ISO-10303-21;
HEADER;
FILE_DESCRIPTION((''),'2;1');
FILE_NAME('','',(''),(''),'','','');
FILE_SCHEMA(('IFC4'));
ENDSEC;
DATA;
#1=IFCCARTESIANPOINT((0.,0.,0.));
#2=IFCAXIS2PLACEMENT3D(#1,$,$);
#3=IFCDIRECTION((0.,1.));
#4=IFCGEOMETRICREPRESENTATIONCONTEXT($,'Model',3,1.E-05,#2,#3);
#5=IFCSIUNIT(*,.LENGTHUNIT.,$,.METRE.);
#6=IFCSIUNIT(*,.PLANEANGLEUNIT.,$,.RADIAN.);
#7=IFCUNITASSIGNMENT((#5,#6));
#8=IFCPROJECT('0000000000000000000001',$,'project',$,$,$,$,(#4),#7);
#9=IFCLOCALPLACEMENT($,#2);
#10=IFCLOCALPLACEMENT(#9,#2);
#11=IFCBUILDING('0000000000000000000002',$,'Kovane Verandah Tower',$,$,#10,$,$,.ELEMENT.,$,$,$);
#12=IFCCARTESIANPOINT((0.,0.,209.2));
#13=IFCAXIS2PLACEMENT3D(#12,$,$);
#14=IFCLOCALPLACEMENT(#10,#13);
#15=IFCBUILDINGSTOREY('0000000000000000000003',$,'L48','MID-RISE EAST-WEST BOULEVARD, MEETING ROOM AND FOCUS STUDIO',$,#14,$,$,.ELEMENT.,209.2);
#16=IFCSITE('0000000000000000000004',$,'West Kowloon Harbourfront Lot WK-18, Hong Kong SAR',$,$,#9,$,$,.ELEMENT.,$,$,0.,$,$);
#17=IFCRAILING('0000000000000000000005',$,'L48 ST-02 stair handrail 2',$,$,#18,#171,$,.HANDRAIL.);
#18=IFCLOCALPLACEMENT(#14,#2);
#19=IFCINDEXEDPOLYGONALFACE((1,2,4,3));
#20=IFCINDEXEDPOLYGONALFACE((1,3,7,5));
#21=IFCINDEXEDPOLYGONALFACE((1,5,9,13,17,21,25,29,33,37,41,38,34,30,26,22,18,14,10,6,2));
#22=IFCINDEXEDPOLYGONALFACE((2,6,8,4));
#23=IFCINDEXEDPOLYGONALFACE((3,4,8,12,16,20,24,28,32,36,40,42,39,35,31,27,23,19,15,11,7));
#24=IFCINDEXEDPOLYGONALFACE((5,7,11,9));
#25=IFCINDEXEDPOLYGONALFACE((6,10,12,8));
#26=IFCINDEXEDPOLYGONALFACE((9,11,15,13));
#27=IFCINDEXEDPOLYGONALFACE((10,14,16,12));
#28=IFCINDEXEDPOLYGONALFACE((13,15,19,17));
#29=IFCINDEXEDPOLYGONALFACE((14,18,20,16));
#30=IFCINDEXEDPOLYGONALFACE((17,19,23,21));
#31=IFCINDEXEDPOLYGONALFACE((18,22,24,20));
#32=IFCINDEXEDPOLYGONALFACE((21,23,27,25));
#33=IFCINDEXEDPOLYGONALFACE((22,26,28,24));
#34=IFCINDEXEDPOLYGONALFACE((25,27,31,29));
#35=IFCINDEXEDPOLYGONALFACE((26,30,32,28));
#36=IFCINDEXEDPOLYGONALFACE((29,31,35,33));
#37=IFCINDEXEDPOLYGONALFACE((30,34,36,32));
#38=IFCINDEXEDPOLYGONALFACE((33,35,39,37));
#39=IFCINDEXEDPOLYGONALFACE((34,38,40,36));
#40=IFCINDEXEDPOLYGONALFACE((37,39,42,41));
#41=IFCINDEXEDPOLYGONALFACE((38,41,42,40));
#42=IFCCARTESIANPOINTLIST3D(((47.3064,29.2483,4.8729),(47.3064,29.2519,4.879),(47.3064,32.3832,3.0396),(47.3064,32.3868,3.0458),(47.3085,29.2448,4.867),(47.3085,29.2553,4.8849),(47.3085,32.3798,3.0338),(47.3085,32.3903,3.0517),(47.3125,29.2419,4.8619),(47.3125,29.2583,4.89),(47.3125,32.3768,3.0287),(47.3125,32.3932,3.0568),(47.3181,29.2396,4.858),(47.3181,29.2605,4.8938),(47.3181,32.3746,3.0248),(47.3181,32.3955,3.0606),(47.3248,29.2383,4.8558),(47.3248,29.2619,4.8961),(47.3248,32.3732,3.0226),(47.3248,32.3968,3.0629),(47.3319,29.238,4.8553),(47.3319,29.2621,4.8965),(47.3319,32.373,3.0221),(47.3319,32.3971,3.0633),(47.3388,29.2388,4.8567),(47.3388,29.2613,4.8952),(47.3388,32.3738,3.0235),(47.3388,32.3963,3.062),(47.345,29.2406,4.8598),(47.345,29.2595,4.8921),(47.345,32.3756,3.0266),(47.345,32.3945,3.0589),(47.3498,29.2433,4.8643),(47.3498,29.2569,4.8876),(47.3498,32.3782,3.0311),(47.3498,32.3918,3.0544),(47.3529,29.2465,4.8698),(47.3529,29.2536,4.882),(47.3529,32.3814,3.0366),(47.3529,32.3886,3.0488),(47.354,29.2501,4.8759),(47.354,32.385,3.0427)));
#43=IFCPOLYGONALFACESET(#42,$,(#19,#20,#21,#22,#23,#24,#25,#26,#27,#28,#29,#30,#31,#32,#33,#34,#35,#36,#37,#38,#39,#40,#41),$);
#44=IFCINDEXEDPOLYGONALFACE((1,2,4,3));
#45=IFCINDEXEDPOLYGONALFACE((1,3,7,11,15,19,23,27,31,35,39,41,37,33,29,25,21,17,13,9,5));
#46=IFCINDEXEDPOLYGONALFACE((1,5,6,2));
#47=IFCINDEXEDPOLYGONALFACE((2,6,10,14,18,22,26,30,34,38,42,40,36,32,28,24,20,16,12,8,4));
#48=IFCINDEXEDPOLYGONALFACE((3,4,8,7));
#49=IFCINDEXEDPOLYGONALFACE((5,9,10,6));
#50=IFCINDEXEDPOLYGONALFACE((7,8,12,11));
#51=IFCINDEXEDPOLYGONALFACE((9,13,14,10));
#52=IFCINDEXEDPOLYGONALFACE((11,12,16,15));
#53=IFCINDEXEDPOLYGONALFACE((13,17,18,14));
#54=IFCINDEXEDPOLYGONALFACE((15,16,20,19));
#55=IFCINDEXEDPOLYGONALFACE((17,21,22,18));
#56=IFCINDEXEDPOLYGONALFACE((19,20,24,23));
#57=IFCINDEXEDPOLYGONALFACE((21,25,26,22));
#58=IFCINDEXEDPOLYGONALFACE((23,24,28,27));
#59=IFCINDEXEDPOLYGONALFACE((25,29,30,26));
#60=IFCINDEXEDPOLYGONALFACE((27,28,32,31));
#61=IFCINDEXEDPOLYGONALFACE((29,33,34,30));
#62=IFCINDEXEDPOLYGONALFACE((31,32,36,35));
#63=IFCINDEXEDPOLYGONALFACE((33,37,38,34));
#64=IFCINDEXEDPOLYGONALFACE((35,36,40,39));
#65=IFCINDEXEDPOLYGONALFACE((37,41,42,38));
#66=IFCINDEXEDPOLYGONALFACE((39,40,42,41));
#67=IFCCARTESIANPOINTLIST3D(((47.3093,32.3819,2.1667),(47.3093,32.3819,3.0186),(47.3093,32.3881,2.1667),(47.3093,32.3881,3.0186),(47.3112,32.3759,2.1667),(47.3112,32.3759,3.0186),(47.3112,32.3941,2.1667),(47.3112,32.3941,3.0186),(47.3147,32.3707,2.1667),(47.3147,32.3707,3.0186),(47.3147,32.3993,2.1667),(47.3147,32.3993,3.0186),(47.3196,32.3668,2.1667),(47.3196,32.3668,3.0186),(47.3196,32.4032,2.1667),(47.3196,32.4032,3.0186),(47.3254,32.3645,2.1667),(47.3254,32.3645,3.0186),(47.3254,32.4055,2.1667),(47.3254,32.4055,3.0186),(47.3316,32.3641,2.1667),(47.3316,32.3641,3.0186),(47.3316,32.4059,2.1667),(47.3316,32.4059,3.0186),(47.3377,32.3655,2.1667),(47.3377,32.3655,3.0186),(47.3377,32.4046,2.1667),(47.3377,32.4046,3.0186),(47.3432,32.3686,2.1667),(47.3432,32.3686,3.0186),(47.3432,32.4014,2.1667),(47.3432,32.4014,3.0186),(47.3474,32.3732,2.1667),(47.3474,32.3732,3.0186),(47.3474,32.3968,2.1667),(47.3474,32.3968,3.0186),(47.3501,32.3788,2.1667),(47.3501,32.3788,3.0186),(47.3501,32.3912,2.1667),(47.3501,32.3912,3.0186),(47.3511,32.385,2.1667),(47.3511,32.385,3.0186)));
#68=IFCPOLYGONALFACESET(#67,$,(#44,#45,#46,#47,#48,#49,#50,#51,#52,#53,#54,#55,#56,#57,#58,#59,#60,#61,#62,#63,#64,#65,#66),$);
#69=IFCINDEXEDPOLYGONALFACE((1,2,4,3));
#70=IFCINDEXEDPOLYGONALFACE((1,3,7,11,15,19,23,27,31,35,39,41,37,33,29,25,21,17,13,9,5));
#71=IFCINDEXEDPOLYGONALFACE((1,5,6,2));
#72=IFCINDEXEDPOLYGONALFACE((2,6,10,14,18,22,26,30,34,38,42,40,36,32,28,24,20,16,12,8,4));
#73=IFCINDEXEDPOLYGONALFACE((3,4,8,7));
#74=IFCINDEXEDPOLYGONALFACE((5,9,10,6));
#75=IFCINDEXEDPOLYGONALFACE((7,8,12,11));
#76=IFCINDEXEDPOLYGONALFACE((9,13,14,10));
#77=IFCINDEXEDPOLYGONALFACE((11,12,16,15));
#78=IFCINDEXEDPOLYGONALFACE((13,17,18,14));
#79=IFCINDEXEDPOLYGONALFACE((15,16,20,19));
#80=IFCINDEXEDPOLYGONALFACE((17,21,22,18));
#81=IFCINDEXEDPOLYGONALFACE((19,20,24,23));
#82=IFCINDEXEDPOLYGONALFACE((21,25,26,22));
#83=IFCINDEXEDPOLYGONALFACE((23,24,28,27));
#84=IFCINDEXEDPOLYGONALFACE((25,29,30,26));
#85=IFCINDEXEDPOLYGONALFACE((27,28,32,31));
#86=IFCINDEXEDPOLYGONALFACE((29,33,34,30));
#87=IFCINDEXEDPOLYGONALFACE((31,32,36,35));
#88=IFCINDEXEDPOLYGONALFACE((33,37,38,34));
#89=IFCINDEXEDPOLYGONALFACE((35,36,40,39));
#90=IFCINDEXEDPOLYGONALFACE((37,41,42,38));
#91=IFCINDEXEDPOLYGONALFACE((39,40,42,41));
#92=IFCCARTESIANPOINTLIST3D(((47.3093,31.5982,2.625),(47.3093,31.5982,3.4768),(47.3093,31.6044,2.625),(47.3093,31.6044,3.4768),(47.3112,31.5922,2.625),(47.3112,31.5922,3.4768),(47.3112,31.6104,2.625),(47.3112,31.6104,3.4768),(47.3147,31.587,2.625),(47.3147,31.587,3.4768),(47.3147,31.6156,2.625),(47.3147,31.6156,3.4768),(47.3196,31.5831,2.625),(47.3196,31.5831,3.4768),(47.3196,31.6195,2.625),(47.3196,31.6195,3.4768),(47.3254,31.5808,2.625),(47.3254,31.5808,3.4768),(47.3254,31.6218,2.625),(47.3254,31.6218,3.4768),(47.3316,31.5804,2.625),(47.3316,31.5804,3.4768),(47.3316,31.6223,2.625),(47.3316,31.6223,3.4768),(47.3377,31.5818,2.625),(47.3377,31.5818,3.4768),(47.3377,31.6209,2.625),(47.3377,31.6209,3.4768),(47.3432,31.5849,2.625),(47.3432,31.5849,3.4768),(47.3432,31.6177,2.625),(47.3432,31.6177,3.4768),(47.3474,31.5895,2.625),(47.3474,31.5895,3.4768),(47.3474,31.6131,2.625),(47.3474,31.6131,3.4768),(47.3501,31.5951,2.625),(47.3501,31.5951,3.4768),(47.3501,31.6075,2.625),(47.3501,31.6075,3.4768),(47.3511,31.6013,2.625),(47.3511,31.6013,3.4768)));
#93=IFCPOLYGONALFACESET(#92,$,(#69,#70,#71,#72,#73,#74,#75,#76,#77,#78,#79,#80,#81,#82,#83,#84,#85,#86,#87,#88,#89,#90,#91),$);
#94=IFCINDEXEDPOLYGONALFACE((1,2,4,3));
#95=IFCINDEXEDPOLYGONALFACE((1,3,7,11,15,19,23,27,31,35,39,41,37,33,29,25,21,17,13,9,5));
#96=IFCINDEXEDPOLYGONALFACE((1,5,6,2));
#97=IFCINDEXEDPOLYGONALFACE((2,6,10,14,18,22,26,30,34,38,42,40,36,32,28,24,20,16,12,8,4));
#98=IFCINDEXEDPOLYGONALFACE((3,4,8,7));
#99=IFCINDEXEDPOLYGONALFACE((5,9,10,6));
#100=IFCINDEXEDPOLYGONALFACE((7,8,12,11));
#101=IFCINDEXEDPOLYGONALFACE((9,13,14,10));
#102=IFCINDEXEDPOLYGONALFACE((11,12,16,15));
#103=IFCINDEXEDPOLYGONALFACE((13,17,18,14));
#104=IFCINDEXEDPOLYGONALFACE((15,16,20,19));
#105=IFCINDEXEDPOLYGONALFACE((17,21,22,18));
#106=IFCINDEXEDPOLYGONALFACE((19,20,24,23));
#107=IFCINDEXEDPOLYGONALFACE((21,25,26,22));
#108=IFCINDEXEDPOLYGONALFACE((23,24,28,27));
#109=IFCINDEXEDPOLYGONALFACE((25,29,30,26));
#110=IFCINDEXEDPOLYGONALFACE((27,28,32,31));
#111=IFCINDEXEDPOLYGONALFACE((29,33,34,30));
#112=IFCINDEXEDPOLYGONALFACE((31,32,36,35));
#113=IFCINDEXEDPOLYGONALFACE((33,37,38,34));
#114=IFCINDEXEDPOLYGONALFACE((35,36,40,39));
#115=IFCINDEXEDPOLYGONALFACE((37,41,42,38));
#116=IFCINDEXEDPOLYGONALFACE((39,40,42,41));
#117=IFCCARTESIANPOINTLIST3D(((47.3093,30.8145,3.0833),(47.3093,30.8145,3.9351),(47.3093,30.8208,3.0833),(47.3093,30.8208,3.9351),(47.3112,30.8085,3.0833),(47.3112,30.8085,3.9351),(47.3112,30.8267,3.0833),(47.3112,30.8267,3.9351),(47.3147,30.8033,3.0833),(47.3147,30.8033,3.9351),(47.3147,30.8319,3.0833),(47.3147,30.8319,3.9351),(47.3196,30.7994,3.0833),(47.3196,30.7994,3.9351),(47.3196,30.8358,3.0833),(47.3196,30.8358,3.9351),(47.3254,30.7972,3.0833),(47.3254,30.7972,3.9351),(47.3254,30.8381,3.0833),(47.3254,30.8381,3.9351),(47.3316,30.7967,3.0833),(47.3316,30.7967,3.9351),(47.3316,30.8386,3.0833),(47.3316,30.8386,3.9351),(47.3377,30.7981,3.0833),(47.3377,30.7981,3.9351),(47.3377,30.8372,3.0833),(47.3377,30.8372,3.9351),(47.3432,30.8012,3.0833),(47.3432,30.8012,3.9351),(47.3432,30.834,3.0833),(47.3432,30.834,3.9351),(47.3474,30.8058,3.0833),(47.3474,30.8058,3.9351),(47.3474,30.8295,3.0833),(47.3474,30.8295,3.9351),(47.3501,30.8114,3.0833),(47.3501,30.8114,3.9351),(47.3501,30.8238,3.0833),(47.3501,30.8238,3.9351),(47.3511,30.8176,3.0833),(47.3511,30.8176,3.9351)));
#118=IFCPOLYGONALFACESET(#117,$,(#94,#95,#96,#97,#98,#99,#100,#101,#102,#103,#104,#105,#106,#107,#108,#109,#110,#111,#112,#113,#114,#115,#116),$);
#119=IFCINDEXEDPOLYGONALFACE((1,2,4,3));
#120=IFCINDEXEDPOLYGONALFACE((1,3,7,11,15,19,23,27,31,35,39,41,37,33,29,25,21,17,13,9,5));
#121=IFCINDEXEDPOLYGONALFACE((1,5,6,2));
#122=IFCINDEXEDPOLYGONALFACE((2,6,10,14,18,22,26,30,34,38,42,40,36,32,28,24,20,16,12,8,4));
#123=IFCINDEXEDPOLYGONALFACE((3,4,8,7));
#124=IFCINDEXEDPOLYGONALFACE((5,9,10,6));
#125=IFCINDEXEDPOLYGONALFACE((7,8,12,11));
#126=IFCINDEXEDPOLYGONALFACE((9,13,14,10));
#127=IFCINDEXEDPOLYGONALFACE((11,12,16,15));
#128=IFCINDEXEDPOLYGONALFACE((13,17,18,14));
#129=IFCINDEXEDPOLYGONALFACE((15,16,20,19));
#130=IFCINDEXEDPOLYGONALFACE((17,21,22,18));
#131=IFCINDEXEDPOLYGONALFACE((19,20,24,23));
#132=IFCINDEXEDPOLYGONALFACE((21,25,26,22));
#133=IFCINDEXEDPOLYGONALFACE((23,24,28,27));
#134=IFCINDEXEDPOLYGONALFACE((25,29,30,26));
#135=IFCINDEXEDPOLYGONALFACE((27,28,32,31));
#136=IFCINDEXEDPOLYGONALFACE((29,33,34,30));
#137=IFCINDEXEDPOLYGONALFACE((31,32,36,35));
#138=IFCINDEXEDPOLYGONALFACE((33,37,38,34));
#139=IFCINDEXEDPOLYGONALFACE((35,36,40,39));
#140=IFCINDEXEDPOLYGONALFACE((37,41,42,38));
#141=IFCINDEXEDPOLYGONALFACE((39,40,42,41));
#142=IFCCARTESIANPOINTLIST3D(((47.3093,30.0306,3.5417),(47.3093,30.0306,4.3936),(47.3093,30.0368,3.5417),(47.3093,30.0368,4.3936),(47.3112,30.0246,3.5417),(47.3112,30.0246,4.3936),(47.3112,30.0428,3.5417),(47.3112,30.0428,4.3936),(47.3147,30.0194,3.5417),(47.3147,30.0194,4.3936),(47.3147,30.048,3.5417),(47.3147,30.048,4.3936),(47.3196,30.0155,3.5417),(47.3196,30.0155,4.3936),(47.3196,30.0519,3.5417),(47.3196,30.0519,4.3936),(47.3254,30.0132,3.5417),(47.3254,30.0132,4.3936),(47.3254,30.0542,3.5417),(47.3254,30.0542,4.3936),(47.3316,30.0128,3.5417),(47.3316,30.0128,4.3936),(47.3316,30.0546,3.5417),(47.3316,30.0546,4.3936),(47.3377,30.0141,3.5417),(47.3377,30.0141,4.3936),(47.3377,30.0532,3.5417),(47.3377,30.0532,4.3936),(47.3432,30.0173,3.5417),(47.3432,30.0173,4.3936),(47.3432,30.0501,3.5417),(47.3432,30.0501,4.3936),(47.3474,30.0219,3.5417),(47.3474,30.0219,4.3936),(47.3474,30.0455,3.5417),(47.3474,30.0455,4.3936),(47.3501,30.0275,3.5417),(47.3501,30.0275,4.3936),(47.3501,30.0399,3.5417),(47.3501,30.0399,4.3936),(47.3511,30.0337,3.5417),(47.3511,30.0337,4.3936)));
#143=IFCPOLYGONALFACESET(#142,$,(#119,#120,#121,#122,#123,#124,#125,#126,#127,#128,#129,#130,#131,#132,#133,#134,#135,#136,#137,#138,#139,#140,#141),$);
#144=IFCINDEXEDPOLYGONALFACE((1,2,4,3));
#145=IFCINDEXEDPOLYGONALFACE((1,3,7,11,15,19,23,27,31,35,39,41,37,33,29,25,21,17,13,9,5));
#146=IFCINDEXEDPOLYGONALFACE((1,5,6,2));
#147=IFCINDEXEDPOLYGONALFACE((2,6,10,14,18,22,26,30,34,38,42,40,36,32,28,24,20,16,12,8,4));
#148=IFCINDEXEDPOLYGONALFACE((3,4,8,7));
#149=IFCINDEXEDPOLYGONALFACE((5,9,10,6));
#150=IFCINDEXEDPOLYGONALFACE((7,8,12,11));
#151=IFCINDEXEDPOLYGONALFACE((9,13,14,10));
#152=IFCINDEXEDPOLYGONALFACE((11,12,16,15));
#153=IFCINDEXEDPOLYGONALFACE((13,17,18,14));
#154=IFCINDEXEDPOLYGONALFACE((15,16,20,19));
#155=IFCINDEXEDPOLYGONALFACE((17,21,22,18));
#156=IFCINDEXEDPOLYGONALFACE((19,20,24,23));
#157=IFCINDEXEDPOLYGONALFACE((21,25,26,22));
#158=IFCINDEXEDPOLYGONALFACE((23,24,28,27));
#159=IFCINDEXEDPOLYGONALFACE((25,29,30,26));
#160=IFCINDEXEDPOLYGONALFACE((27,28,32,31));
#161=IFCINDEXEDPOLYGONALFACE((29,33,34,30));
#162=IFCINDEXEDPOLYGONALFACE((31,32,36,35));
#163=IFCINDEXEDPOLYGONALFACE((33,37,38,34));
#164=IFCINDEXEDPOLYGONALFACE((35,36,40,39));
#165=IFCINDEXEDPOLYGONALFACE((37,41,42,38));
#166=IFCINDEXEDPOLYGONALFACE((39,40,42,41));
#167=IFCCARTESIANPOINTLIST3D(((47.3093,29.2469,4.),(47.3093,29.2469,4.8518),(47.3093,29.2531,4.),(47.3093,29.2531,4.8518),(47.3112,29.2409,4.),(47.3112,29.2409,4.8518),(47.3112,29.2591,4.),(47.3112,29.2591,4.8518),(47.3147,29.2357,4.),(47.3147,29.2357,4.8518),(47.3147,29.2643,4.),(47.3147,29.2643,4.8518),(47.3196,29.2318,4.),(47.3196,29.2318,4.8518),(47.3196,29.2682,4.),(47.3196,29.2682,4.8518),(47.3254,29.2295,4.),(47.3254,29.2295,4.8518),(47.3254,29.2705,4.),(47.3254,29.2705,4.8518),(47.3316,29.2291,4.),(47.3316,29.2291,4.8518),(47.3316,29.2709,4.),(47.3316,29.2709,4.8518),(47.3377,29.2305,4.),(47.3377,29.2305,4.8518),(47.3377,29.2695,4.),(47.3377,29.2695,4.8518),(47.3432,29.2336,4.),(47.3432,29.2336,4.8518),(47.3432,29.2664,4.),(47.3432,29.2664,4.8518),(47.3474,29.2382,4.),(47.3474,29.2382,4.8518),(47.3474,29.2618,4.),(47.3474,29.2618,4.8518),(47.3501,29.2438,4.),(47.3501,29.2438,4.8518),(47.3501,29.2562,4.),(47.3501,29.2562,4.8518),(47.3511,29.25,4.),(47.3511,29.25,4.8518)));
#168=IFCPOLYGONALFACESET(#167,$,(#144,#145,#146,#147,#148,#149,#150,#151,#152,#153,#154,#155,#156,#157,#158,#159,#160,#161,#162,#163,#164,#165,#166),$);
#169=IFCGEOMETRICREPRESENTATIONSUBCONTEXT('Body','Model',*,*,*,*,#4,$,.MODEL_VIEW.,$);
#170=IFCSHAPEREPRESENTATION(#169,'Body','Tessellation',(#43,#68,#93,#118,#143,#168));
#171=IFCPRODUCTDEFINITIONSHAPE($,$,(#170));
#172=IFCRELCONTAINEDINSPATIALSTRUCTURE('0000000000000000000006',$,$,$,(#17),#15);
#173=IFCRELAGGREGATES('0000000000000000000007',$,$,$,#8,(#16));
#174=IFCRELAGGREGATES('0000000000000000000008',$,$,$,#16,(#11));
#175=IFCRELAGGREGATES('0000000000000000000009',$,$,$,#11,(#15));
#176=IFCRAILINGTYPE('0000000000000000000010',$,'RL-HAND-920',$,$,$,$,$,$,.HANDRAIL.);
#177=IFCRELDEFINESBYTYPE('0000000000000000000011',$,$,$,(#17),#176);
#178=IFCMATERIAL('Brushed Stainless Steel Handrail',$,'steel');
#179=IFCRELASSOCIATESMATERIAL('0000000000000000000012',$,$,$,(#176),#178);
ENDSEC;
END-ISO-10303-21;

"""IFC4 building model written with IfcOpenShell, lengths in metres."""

from ifc_helpers import new_model, si_unit, direction, frame, origin, origin_2d, place, context, subcontext, project, spatial, circle, extrude, material, type_object, element, save


model = new_model("IFC4")

# Units and contexts
model_context = context("Model", 3, precision=1e-05, world=origin(), true_north=direction((0.0, 1.0)))
body_context = subcontext(model_context, "Body", "Model", "MODEL_VIEW")
ifc_project = project(units=[si_unit("LENGTHUNIT", "METRE"), si_unit("PLANEANGLEUNIT", "RADIAN")], contexts=[model_context])

# Site, building, storey
site_placement = place(None, origin())
site = spatial("IfcSite", under=ifc_project, at=site_placement, Name="West Kowloon Harbourfront Lot WK-18, Hong Kong SAR", CompositionType="ELEMENT", RefElevation=0.0)
building_placement = place(site_placement, origin())
building = spatial("IfcBuilding", under=site, at=building_placement, Name="Kovane Verandah Tower", CompositionType="ELEMENT")
storey_placement = place(building_placement, frame((0.0, 0.0, 209.2)))
storey = spatial("IfcBuildingStorey", under=building, at=storey_placement, Name="L48", Description="MID-RISE EAST-WEST BOULEVARD, MEETING ROOM AND FOCUS STUDIO", CompositionType="ELEMENT", Elevation=209.2)

# Railing
ifc_material_1 = material(Name="Brushed Stainless Steel Handrail", Category="steel")
railing_type_1 = type_object("IfcRailingType", Name="RL-HAND-920", PredefinedType="HANDRAIL", material=ifc_material_1)
railing_1_placement = place(storey_placement, frame((47.3301, 32.385, 2.1667)))
element("IfcRailing", 1, at=railing_1_placement, inside=storey, type_object=railing_type_1, Name="L48 ST-02 stair handrail 2", PredefinedType="HANDRAIL", context=body_context, shape_type="SweptSolid", body=[
    extrude(circle(Radius=0.0239, at=origin_2d()), frame((0.0, 0.0, 0.876), z_axis=(0.0, -0.86324, 0.504794), x_axis=(1.0, 0.0, 0.0)), (0.0, 0.0, 1.0), 3.6316),
    extrude(circle(Radius=0.021, at=origin_2d()), origin(), (0.0, 0.0, 1.0), 0.8518),
    extrude(circle(Radius=0.021, at=origin_2d()), frame((0.0, -0.7837, 0.4583)), (0.0, 0.0, 1.0), 0.8518),
    extrude(circle(Radius=0.021, at=origin_2d()), frame((0.0, -1.5674, 0.9165)), (0.0, 0.0, 1.0), 0.8518),
    extrude(circle(Radius=0.021, at=origin_2d()), frame((0.0, -2.3513, 1.375)), (0.0, 0.0, 1.0), 0.8518),
    extrude(circle(Radius=0.021, at=origin_2d()), frame((0.0, -3.135, 1.8333)), (0.0, 0.0, 1.0), 0.8518),
])

save(model, "model.ifc")
